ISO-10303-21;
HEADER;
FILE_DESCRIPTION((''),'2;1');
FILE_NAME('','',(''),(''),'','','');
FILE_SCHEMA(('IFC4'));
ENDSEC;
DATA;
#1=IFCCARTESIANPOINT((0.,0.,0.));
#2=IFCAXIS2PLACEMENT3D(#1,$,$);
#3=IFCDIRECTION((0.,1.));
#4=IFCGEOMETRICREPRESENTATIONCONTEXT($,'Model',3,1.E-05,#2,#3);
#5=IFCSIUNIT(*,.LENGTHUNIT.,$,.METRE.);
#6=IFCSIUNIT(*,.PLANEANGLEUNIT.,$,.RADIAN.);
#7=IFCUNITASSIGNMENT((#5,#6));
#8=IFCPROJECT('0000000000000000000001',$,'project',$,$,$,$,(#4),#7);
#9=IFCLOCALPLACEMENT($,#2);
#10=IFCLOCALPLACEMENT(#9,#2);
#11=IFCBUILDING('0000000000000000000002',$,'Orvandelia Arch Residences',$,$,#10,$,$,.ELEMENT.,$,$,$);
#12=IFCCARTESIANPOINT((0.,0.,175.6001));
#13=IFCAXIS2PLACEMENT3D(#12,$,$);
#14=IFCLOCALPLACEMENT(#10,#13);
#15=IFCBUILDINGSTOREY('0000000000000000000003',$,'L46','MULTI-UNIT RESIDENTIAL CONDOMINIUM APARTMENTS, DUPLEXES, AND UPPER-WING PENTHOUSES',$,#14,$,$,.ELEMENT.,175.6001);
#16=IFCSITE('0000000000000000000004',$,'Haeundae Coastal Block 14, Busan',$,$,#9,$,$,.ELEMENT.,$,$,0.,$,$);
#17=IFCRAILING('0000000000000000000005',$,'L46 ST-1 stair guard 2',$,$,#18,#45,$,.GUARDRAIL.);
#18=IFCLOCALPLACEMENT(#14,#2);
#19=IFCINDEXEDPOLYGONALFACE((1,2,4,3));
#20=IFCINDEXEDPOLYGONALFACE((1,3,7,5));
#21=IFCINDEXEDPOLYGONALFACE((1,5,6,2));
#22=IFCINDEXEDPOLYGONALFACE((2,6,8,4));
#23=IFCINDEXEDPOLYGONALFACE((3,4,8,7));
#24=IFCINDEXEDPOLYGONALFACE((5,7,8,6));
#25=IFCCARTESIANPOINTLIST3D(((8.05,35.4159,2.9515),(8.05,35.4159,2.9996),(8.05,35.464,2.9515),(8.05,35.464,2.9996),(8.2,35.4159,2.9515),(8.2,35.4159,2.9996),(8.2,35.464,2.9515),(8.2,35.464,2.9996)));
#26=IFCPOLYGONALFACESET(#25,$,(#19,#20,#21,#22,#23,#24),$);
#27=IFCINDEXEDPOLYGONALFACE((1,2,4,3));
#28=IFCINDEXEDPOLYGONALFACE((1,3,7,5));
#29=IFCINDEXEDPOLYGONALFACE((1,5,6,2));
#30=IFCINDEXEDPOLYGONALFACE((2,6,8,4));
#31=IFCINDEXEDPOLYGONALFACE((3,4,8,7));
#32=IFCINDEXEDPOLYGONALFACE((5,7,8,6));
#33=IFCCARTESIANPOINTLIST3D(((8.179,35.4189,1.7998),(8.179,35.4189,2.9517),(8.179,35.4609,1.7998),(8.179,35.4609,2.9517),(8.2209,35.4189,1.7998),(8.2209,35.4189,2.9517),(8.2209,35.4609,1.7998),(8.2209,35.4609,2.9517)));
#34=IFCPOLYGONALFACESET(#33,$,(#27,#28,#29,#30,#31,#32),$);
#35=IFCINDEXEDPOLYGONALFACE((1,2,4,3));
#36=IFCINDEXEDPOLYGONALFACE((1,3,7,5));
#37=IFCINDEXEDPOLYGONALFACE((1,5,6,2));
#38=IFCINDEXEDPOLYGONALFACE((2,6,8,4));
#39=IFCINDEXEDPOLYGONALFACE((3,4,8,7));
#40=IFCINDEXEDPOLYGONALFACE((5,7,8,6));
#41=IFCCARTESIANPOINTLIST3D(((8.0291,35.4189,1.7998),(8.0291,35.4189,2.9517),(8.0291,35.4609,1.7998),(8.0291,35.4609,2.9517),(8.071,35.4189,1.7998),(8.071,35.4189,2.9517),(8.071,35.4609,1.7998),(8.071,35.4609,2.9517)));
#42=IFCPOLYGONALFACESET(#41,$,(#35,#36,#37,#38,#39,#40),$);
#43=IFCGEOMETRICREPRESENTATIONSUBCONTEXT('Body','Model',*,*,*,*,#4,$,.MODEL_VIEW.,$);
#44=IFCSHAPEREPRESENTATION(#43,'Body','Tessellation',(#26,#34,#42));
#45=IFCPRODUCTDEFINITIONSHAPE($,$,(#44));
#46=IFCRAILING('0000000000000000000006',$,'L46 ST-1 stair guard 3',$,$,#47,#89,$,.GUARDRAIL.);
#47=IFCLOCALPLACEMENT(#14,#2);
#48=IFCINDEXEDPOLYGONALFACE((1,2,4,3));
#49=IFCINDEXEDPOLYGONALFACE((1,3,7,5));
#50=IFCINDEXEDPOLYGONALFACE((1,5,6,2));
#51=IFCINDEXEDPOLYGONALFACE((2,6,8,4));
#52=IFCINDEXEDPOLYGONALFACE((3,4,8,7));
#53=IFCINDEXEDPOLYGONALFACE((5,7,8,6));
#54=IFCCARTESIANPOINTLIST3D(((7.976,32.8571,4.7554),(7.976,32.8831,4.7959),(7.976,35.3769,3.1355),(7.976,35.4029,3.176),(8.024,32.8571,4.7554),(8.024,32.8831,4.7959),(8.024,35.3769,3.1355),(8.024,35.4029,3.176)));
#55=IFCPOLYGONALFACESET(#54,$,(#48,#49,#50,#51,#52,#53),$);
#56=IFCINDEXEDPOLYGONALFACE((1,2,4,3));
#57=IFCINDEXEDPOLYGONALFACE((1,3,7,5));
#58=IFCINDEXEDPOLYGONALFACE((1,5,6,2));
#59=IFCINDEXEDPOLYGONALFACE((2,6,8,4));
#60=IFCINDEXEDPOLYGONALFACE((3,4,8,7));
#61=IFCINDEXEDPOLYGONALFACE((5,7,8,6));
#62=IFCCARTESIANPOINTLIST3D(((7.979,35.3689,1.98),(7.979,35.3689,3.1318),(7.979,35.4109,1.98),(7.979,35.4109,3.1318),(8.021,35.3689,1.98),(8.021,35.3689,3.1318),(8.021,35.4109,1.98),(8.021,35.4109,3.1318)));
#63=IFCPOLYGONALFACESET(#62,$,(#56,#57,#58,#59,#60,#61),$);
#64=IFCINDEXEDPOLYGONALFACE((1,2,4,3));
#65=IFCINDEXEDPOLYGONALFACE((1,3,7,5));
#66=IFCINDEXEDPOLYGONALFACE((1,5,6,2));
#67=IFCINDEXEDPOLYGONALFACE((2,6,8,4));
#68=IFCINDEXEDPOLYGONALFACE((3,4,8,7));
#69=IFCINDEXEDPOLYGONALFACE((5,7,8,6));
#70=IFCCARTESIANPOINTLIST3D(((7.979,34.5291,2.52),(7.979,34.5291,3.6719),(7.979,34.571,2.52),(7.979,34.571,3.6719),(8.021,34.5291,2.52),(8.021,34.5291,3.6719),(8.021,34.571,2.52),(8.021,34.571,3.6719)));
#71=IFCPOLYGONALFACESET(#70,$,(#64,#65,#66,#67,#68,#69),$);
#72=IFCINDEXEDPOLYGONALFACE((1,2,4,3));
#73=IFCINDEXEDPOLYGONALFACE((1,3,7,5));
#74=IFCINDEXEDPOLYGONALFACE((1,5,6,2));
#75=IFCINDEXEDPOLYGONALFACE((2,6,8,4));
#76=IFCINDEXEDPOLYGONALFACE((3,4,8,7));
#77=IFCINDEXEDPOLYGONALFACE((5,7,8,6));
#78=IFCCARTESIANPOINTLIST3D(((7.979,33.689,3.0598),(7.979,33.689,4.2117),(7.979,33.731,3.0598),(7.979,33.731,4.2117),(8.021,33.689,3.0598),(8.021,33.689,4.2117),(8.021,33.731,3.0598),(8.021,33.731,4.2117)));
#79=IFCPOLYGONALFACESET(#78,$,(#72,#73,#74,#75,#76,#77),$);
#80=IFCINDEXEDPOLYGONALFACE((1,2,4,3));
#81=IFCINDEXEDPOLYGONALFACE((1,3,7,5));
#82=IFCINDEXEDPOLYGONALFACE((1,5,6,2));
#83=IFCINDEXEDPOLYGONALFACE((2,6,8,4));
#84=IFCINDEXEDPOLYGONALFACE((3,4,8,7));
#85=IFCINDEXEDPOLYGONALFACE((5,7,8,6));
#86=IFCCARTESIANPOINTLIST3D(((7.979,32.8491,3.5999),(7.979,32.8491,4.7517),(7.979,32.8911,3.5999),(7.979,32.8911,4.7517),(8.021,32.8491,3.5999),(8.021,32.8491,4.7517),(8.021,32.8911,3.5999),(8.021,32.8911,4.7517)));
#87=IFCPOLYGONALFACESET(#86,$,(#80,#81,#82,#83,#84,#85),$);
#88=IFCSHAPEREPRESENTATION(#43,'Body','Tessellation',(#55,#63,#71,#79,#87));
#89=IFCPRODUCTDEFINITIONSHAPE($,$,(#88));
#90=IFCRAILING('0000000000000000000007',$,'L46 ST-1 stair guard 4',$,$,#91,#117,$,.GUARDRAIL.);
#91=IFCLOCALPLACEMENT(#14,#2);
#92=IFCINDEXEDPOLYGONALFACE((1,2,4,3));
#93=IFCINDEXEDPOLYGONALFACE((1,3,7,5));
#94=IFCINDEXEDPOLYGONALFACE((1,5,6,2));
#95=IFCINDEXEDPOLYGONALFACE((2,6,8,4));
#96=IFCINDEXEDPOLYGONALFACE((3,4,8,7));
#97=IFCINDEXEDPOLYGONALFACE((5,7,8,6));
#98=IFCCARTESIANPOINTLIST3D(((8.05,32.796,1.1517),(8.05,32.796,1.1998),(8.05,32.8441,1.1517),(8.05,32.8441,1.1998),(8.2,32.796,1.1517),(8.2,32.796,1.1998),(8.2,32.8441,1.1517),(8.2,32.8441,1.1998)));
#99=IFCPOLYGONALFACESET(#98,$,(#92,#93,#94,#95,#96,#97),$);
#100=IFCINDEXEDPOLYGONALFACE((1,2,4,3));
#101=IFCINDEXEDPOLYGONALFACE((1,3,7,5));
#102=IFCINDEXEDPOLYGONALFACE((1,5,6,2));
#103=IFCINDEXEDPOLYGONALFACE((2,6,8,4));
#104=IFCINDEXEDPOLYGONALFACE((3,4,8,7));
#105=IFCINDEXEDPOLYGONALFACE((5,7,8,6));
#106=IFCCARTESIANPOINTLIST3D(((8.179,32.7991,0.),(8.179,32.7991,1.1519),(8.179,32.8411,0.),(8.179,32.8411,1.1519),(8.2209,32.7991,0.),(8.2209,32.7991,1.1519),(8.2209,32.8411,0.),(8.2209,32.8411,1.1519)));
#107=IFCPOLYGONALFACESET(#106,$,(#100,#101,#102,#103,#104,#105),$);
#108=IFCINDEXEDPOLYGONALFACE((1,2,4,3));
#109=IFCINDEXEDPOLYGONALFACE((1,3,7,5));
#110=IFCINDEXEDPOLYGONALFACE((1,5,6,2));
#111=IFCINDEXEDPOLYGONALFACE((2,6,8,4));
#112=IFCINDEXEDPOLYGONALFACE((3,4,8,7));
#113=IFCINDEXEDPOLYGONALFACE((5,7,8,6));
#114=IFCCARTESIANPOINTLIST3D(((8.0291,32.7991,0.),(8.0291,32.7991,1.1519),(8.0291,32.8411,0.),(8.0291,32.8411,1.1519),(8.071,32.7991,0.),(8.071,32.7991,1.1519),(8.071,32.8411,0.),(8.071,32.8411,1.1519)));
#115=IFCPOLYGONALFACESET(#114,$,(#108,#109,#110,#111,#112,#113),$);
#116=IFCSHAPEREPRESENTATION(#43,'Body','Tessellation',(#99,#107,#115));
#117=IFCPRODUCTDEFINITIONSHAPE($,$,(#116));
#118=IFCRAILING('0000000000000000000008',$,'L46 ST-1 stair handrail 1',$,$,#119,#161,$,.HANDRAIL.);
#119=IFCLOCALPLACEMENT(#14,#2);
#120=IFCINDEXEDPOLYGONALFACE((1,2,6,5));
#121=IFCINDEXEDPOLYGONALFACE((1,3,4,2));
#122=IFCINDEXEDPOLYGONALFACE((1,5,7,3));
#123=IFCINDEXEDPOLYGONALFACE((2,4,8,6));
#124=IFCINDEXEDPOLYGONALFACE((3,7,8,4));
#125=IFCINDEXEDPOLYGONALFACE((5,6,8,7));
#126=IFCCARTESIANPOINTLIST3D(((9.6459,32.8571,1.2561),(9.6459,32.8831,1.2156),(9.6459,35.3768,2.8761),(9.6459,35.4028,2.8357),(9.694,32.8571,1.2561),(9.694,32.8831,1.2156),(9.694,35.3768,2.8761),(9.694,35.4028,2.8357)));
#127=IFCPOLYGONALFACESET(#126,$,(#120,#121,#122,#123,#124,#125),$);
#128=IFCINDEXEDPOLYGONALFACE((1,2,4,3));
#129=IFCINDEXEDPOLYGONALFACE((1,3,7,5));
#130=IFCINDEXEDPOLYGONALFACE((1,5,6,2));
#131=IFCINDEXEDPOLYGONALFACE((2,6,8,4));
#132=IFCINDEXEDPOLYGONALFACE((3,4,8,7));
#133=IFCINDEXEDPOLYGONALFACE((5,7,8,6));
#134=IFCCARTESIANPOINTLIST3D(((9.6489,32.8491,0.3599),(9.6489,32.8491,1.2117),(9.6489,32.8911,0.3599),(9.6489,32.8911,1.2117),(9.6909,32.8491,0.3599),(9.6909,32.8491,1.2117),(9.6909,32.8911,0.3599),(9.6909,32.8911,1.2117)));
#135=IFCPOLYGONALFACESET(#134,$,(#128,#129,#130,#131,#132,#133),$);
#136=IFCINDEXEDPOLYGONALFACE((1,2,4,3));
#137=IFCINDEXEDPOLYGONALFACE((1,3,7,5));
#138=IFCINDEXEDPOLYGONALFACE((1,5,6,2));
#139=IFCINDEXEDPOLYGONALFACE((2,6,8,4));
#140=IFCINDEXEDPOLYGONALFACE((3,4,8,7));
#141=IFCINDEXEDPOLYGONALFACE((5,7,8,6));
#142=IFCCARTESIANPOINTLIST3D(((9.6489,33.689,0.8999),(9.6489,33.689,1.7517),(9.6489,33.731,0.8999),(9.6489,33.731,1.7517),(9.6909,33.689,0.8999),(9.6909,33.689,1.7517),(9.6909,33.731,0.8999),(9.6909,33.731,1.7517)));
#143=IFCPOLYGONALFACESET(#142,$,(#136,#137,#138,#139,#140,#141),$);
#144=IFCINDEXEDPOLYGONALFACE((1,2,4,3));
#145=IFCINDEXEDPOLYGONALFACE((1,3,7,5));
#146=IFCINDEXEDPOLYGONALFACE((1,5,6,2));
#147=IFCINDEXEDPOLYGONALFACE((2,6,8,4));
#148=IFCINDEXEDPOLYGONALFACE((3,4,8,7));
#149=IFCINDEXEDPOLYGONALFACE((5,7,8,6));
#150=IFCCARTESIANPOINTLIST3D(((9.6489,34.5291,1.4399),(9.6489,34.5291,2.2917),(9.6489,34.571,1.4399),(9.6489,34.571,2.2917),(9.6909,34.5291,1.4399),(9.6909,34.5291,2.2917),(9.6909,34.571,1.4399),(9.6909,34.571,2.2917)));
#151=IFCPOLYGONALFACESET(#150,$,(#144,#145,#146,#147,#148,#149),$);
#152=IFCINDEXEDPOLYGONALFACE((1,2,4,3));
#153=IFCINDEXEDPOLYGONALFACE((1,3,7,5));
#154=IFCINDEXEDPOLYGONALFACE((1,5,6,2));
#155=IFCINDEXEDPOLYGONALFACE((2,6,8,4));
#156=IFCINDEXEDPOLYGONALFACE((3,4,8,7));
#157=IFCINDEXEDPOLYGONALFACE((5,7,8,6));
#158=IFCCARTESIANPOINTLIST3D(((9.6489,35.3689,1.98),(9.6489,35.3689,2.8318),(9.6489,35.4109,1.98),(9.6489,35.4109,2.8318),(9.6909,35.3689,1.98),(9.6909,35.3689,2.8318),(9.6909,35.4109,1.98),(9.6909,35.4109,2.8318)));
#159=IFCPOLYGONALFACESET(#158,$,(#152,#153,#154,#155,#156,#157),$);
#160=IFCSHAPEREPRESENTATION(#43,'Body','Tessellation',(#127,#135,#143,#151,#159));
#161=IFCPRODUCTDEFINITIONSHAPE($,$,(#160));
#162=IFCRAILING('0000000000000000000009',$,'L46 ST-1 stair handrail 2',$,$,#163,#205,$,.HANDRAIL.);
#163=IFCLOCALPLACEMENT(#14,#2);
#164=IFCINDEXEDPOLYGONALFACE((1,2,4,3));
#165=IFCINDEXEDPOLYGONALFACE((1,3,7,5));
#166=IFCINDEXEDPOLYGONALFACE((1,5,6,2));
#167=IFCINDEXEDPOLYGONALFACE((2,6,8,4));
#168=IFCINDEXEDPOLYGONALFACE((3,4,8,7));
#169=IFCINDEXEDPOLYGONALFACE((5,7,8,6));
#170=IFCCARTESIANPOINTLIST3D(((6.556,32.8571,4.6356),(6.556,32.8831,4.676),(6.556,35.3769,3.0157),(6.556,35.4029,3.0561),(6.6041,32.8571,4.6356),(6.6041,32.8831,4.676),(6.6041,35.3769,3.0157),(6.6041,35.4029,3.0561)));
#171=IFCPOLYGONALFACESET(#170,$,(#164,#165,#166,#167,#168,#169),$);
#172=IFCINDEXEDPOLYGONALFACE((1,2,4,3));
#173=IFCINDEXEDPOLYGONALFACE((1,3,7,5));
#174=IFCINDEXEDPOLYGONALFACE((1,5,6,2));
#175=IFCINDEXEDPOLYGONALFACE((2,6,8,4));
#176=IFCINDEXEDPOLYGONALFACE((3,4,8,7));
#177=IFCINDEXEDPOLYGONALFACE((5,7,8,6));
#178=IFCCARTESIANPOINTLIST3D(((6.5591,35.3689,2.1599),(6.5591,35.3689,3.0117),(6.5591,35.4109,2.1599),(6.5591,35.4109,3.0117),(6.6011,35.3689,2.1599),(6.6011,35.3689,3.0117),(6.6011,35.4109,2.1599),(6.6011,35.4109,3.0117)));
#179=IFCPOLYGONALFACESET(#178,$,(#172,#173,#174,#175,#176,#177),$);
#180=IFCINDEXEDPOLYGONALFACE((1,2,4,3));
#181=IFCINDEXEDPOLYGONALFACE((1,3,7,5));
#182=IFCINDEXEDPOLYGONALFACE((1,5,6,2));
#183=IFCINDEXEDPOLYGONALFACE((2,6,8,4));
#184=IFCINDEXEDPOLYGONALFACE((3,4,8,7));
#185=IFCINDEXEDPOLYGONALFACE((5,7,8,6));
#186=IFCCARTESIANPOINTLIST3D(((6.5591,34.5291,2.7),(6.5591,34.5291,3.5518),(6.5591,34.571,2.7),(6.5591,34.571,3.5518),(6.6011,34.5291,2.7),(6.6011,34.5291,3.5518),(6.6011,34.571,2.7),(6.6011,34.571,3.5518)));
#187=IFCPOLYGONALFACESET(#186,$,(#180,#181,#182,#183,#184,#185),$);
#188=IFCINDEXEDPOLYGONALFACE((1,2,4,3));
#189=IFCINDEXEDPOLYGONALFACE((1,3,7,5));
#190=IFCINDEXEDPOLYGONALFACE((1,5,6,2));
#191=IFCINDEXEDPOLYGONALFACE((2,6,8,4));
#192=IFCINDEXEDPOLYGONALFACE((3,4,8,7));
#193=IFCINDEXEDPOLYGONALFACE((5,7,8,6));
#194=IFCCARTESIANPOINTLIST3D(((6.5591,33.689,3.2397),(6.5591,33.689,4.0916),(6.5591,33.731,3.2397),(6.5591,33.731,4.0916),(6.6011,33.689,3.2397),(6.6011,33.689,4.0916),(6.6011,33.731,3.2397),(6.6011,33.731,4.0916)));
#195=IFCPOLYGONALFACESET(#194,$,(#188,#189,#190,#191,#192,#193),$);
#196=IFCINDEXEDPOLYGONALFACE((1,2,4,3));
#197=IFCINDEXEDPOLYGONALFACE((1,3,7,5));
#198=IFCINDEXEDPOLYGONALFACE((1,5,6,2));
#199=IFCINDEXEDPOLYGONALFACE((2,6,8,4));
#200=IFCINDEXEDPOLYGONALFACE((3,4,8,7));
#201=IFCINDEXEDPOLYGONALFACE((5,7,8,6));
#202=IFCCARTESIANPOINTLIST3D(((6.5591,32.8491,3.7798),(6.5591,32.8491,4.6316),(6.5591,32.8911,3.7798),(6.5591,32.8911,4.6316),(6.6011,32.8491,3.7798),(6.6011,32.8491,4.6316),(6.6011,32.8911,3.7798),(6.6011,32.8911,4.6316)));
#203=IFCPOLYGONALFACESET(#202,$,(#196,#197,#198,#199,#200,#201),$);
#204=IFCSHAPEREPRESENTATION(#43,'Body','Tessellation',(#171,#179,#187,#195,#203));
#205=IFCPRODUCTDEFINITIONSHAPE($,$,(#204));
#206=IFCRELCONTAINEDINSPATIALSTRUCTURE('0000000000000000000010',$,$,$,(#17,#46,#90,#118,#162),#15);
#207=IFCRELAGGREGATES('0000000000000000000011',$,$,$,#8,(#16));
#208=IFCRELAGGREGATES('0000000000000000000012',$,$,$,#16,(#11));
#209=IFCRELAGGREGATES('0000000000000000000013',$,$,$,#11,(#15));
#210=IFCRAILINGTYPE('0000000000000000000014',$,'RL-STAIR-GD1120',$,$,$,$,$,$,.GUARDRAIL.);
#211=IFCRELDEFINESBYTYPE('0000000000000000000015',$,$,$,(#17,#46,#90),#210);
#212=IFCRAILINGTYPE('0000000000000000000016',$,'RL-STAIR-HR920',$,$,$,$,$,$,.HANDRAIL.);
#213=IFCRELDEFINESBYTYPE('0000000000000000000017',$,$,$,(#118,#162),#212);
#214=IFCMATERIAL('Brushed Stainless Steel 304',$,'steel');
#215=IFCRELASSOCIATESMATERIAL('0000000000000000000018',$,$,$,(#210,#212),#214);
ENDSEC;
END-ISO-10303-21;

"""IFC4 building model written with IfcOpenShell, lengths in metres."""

from ifc_helpers import new_model, si_unit, direction, frame, origin, origin_2d, place, context, subcontext, project, spatial, rectangle, extrude, material, type_object, element, save


model = new_model("IFC4")

# Units and contexts
model_context = context("Model", 3, precision=1e-05, world=origin(), true_north=direction((0.0, 1.0)))
body_context = subcontext(model_context, "Body", "Model", "MODEL_VIEW")
ifc_project = project(units=[si_unit("LENGTHUNIT", "METRE"), si_unit("PLANEANGLEUNIT", "RADIAN")], contexts=[model_context])

# Site, building, storey
site_placement = place(None, origin())
site = spatial("IfcSite", under=ifc_project, at=site_placement, Name="Haeundae Coastal Block 14, Busan", CompositionType="ELEMENT", RefElevation=0.0)
building_placement = place(site_placement, origin())
building = spatial("IfcBuilding", under=site, at=building_placement, Name="Orvandelia Arch Residences", CompositionType="ELEMENT")
storey_placement = place(building_placement, frame((0.0, 0.0, 175.6001)))
storey = spatial("IfcBuildingStorey", under=building, at=storey_placement, Name="L46", Description="MULTI-UNIT RESIDENTIAL CONDOMINIUM APARTMENTS, DUPLEXES, AND UPPER-WING PENTHOUSES", CompositionType="ELEMENT", Elevation=175.6001)

# Railings
ifc_material_1 = material(Name="Brushed Stainless Steel 304", Category="steel")
railing_type_1 = type_object("IfcRailingType", Name="RL-STAIR-GD1120", PredefinedType="GUARDRAIL", material=ifc_material_1)
railing_1_placement = place(storey_placement, frame((8.2, 35.4399, 1.7998)))
element("IfcRailing", 1, at=railing_1_placement, inside=storey, type_object=railing_type_1, Name="L46 ST-1 stair guard 2", PredefinedType="GUARDRAIL", context=body_context, shape_type="SweptSolid", body=[
    extrude(rectangle(XDim=0.0481, YDim=0.0481, at=origin_2d()), frame((0.0, 0.0, 1.1758), z_axis=(-1.0, 0.0, 0.0), x_axis=(0.0, -1.0, 0.0)), (0.0, 0.0, 1.0), 0.1499),
    extrude(rectangle(XDim=0.042, YDim=0.042, at=origin_2d()), origin(), (0.0, 0.0, 1.0), 1.1519),
    extrude(rectangle(XDim=0.042, YDim=0.042, at=origin_2d()), frame((-0.1499, 0.0, 0.0)), (0.0, 0.0, 1.0), 1.1519),
])
railing_2_placement = place(storey_placement, frame((8.0, 35.3899, 1.98)))
element("IfcRailing", 2, at=railing_2_placement, inside=storey, type_object=railing_type_1, Name="L46 ST-1 stair guard 3", PredefinedType="GUARDRAIL", context=body_context, shape_type="SweptSolid", body=[
    extrude(rectangle(XDim=0.0481, YDim=0.0481, at=origin_2d()), frame((0.0, 0.0, 1.1758), z_axis=(0.0, -0.841176, 0.540762), x_axis=(1.0, 0.0, 0.0)), (0.0, 0.0, 1.0), 2.9956),
    extrude(rectangle(XDim=0.042, YDim=0.042, at=origin_2d()), origin(), (0.0, 0.0, 1.0), 1.1519),
    extrude(rectangle(XDim=0.042, YDim=0.042, at=origin_2d()), frame((0.0, -0.8398, 0.54)), (0.0, 0.0, 1.0), 1.1519),
    extrude(rectangle(XDim=0.042, YDim=0.042, at=origin_2d()), frame((0.0, -1.6799, 1.0798)), (0.0, 0.0, 1.0), 1.1519),
    extrude(rectangle(XDim=0.042, YDim=0.042, at=origin_2d()), frame((0.0, -2.5198, 1.6199)), (0.0, 0.0, 1.0), 1.1519),
])
railing_3_placement = place(storey_placement, frame((8.2, 32.8201, 0.0)))
element("IfcRailing", 3, at=railing_3_placement, inside=storey, type_object=railing_type_1, Name="L46 ST-1 stair guard 4", PredefinedType="GUARDRAIL", context=body_context, shape_type="SweptSolid", body=[
    extrude(rectangle(XDim=0.0481, YDim=0.0481, at=origin_2d()), frame((0.0, 0.0, 1.1758), z_axis=(-1.0, 0.0, 0.0), x_axis=(0.0, -1.0, 0.0)), (0.0, 0.0, 1.0), 0.1499),
    extrude(rectangle(XDim=0.042, YDim=0.042, at=origin_2d()), origin(), (0.0, 0.0, 1.0), 1.1519),
    extrude(rectangle(XDim=0.042, YDim=0.042, at=origin_2d()), frame((-0.1499, 0.0, 0.0)), (0.0, 0.0, 1.0), 1.1519),
])
railing_type_2 = type_object("IfcRailingType", Name="RL-STAIR-HR920", PredefinedType="HANDRAIL", material=ifc_material_1)
railing_4_placement = place(storey_placement, frame((9.6699, 32.8701, 0.3599)))
element("IfcRailing", 4, at=railing_4_placement, inside=storey, type_object=railing_type_2, Name="L46 ST-1 stair handrail 1", PredefinedType="HANDRAIL", context=body_context, shape_type="SweptSolid", body=[
    extrude(rectangle(XDim=0.0481, YDim=0.0481, at=origin_2d()), frame((0.0, 0.0, 0.876), z_axis=(0.0, 0.841139, 0.540819), x_axis=(-1.0, 0.0, 0.0)), (0.0, 0.0, 1.0), 2.9956),
    extrude(rectangle(XDim=0.042, YDim=0.042, at=origin_2d()), origin(), (0.0, 0.0, 1.0), 0.8518),
    extrude(rectangle(XDim=0.042, YDim=0.042, at=origin_2d()), frame((0.0, 0.8398, 0.54)), (0.0, 0.0, 1.0), 0.8518),
    extrude(rectangle(XDim=0.042, YDim=0.042, at=origin_2d()), frame((0.0, 1.6799, 1.0801)), (0.0, 0.0, 1.0), 0.8518),
    extrude(rectangle(XDim=0.042, YDim=0.042, at=origin_2d()), frame((0.0, 2.5198, 1.6201)), (0.0, 0.0, 1.0), 0.8518),
])
railing_5_placement = place(storey_placement, frame((6.5801, 35.3899, 2.1599)))
element("IfcRailing", 5, at=railing_5_placement, inside=storey, type_object=railing_type_2, Name="L46 ST-1 stair handrail 2", PredefinedType="HANDRAIL", context=body_context, shape_type="SweptSolid", body=[
    extrude(rectangle(XDim=0.0481, YDim=0.0481, at=origin_2d()), frame((0.0, 0.0, 0.876), z_axis=(0.0, -0.841176, 0.540762), x_axis=(1.0, 0.0, 0.0)), (0.0, 0.0, 1.0), 2.9956),
    extrude(rectangle(XDim=0.042, YDim=0.042, at=origin_2d()), origin(), (0.0, 0.0, 1.0), 0.8518),
    extrude(rectangle(XDim=0.042, YDim=0.042, at=origin_2d()), frame((0.0, -0.8398, 0.54)), (0.0, 0.0, 1.0), 0.8518),
    extrude(rectangle(XDim=0.042, YDim=0.042, at=origin_2d()), frame((0.0, -1.6799, 1.0798)), (0.0, 0.0, 1.0), 0.8518),
    extrude(rectangle(XDim=0.042, YDim=0.042, at=origin_2d()), frame((0.0, -2.5198, 1.6199)), (0.0, 0.0, 1.0), 0.8518),
])

save(model, "model.ifc")
